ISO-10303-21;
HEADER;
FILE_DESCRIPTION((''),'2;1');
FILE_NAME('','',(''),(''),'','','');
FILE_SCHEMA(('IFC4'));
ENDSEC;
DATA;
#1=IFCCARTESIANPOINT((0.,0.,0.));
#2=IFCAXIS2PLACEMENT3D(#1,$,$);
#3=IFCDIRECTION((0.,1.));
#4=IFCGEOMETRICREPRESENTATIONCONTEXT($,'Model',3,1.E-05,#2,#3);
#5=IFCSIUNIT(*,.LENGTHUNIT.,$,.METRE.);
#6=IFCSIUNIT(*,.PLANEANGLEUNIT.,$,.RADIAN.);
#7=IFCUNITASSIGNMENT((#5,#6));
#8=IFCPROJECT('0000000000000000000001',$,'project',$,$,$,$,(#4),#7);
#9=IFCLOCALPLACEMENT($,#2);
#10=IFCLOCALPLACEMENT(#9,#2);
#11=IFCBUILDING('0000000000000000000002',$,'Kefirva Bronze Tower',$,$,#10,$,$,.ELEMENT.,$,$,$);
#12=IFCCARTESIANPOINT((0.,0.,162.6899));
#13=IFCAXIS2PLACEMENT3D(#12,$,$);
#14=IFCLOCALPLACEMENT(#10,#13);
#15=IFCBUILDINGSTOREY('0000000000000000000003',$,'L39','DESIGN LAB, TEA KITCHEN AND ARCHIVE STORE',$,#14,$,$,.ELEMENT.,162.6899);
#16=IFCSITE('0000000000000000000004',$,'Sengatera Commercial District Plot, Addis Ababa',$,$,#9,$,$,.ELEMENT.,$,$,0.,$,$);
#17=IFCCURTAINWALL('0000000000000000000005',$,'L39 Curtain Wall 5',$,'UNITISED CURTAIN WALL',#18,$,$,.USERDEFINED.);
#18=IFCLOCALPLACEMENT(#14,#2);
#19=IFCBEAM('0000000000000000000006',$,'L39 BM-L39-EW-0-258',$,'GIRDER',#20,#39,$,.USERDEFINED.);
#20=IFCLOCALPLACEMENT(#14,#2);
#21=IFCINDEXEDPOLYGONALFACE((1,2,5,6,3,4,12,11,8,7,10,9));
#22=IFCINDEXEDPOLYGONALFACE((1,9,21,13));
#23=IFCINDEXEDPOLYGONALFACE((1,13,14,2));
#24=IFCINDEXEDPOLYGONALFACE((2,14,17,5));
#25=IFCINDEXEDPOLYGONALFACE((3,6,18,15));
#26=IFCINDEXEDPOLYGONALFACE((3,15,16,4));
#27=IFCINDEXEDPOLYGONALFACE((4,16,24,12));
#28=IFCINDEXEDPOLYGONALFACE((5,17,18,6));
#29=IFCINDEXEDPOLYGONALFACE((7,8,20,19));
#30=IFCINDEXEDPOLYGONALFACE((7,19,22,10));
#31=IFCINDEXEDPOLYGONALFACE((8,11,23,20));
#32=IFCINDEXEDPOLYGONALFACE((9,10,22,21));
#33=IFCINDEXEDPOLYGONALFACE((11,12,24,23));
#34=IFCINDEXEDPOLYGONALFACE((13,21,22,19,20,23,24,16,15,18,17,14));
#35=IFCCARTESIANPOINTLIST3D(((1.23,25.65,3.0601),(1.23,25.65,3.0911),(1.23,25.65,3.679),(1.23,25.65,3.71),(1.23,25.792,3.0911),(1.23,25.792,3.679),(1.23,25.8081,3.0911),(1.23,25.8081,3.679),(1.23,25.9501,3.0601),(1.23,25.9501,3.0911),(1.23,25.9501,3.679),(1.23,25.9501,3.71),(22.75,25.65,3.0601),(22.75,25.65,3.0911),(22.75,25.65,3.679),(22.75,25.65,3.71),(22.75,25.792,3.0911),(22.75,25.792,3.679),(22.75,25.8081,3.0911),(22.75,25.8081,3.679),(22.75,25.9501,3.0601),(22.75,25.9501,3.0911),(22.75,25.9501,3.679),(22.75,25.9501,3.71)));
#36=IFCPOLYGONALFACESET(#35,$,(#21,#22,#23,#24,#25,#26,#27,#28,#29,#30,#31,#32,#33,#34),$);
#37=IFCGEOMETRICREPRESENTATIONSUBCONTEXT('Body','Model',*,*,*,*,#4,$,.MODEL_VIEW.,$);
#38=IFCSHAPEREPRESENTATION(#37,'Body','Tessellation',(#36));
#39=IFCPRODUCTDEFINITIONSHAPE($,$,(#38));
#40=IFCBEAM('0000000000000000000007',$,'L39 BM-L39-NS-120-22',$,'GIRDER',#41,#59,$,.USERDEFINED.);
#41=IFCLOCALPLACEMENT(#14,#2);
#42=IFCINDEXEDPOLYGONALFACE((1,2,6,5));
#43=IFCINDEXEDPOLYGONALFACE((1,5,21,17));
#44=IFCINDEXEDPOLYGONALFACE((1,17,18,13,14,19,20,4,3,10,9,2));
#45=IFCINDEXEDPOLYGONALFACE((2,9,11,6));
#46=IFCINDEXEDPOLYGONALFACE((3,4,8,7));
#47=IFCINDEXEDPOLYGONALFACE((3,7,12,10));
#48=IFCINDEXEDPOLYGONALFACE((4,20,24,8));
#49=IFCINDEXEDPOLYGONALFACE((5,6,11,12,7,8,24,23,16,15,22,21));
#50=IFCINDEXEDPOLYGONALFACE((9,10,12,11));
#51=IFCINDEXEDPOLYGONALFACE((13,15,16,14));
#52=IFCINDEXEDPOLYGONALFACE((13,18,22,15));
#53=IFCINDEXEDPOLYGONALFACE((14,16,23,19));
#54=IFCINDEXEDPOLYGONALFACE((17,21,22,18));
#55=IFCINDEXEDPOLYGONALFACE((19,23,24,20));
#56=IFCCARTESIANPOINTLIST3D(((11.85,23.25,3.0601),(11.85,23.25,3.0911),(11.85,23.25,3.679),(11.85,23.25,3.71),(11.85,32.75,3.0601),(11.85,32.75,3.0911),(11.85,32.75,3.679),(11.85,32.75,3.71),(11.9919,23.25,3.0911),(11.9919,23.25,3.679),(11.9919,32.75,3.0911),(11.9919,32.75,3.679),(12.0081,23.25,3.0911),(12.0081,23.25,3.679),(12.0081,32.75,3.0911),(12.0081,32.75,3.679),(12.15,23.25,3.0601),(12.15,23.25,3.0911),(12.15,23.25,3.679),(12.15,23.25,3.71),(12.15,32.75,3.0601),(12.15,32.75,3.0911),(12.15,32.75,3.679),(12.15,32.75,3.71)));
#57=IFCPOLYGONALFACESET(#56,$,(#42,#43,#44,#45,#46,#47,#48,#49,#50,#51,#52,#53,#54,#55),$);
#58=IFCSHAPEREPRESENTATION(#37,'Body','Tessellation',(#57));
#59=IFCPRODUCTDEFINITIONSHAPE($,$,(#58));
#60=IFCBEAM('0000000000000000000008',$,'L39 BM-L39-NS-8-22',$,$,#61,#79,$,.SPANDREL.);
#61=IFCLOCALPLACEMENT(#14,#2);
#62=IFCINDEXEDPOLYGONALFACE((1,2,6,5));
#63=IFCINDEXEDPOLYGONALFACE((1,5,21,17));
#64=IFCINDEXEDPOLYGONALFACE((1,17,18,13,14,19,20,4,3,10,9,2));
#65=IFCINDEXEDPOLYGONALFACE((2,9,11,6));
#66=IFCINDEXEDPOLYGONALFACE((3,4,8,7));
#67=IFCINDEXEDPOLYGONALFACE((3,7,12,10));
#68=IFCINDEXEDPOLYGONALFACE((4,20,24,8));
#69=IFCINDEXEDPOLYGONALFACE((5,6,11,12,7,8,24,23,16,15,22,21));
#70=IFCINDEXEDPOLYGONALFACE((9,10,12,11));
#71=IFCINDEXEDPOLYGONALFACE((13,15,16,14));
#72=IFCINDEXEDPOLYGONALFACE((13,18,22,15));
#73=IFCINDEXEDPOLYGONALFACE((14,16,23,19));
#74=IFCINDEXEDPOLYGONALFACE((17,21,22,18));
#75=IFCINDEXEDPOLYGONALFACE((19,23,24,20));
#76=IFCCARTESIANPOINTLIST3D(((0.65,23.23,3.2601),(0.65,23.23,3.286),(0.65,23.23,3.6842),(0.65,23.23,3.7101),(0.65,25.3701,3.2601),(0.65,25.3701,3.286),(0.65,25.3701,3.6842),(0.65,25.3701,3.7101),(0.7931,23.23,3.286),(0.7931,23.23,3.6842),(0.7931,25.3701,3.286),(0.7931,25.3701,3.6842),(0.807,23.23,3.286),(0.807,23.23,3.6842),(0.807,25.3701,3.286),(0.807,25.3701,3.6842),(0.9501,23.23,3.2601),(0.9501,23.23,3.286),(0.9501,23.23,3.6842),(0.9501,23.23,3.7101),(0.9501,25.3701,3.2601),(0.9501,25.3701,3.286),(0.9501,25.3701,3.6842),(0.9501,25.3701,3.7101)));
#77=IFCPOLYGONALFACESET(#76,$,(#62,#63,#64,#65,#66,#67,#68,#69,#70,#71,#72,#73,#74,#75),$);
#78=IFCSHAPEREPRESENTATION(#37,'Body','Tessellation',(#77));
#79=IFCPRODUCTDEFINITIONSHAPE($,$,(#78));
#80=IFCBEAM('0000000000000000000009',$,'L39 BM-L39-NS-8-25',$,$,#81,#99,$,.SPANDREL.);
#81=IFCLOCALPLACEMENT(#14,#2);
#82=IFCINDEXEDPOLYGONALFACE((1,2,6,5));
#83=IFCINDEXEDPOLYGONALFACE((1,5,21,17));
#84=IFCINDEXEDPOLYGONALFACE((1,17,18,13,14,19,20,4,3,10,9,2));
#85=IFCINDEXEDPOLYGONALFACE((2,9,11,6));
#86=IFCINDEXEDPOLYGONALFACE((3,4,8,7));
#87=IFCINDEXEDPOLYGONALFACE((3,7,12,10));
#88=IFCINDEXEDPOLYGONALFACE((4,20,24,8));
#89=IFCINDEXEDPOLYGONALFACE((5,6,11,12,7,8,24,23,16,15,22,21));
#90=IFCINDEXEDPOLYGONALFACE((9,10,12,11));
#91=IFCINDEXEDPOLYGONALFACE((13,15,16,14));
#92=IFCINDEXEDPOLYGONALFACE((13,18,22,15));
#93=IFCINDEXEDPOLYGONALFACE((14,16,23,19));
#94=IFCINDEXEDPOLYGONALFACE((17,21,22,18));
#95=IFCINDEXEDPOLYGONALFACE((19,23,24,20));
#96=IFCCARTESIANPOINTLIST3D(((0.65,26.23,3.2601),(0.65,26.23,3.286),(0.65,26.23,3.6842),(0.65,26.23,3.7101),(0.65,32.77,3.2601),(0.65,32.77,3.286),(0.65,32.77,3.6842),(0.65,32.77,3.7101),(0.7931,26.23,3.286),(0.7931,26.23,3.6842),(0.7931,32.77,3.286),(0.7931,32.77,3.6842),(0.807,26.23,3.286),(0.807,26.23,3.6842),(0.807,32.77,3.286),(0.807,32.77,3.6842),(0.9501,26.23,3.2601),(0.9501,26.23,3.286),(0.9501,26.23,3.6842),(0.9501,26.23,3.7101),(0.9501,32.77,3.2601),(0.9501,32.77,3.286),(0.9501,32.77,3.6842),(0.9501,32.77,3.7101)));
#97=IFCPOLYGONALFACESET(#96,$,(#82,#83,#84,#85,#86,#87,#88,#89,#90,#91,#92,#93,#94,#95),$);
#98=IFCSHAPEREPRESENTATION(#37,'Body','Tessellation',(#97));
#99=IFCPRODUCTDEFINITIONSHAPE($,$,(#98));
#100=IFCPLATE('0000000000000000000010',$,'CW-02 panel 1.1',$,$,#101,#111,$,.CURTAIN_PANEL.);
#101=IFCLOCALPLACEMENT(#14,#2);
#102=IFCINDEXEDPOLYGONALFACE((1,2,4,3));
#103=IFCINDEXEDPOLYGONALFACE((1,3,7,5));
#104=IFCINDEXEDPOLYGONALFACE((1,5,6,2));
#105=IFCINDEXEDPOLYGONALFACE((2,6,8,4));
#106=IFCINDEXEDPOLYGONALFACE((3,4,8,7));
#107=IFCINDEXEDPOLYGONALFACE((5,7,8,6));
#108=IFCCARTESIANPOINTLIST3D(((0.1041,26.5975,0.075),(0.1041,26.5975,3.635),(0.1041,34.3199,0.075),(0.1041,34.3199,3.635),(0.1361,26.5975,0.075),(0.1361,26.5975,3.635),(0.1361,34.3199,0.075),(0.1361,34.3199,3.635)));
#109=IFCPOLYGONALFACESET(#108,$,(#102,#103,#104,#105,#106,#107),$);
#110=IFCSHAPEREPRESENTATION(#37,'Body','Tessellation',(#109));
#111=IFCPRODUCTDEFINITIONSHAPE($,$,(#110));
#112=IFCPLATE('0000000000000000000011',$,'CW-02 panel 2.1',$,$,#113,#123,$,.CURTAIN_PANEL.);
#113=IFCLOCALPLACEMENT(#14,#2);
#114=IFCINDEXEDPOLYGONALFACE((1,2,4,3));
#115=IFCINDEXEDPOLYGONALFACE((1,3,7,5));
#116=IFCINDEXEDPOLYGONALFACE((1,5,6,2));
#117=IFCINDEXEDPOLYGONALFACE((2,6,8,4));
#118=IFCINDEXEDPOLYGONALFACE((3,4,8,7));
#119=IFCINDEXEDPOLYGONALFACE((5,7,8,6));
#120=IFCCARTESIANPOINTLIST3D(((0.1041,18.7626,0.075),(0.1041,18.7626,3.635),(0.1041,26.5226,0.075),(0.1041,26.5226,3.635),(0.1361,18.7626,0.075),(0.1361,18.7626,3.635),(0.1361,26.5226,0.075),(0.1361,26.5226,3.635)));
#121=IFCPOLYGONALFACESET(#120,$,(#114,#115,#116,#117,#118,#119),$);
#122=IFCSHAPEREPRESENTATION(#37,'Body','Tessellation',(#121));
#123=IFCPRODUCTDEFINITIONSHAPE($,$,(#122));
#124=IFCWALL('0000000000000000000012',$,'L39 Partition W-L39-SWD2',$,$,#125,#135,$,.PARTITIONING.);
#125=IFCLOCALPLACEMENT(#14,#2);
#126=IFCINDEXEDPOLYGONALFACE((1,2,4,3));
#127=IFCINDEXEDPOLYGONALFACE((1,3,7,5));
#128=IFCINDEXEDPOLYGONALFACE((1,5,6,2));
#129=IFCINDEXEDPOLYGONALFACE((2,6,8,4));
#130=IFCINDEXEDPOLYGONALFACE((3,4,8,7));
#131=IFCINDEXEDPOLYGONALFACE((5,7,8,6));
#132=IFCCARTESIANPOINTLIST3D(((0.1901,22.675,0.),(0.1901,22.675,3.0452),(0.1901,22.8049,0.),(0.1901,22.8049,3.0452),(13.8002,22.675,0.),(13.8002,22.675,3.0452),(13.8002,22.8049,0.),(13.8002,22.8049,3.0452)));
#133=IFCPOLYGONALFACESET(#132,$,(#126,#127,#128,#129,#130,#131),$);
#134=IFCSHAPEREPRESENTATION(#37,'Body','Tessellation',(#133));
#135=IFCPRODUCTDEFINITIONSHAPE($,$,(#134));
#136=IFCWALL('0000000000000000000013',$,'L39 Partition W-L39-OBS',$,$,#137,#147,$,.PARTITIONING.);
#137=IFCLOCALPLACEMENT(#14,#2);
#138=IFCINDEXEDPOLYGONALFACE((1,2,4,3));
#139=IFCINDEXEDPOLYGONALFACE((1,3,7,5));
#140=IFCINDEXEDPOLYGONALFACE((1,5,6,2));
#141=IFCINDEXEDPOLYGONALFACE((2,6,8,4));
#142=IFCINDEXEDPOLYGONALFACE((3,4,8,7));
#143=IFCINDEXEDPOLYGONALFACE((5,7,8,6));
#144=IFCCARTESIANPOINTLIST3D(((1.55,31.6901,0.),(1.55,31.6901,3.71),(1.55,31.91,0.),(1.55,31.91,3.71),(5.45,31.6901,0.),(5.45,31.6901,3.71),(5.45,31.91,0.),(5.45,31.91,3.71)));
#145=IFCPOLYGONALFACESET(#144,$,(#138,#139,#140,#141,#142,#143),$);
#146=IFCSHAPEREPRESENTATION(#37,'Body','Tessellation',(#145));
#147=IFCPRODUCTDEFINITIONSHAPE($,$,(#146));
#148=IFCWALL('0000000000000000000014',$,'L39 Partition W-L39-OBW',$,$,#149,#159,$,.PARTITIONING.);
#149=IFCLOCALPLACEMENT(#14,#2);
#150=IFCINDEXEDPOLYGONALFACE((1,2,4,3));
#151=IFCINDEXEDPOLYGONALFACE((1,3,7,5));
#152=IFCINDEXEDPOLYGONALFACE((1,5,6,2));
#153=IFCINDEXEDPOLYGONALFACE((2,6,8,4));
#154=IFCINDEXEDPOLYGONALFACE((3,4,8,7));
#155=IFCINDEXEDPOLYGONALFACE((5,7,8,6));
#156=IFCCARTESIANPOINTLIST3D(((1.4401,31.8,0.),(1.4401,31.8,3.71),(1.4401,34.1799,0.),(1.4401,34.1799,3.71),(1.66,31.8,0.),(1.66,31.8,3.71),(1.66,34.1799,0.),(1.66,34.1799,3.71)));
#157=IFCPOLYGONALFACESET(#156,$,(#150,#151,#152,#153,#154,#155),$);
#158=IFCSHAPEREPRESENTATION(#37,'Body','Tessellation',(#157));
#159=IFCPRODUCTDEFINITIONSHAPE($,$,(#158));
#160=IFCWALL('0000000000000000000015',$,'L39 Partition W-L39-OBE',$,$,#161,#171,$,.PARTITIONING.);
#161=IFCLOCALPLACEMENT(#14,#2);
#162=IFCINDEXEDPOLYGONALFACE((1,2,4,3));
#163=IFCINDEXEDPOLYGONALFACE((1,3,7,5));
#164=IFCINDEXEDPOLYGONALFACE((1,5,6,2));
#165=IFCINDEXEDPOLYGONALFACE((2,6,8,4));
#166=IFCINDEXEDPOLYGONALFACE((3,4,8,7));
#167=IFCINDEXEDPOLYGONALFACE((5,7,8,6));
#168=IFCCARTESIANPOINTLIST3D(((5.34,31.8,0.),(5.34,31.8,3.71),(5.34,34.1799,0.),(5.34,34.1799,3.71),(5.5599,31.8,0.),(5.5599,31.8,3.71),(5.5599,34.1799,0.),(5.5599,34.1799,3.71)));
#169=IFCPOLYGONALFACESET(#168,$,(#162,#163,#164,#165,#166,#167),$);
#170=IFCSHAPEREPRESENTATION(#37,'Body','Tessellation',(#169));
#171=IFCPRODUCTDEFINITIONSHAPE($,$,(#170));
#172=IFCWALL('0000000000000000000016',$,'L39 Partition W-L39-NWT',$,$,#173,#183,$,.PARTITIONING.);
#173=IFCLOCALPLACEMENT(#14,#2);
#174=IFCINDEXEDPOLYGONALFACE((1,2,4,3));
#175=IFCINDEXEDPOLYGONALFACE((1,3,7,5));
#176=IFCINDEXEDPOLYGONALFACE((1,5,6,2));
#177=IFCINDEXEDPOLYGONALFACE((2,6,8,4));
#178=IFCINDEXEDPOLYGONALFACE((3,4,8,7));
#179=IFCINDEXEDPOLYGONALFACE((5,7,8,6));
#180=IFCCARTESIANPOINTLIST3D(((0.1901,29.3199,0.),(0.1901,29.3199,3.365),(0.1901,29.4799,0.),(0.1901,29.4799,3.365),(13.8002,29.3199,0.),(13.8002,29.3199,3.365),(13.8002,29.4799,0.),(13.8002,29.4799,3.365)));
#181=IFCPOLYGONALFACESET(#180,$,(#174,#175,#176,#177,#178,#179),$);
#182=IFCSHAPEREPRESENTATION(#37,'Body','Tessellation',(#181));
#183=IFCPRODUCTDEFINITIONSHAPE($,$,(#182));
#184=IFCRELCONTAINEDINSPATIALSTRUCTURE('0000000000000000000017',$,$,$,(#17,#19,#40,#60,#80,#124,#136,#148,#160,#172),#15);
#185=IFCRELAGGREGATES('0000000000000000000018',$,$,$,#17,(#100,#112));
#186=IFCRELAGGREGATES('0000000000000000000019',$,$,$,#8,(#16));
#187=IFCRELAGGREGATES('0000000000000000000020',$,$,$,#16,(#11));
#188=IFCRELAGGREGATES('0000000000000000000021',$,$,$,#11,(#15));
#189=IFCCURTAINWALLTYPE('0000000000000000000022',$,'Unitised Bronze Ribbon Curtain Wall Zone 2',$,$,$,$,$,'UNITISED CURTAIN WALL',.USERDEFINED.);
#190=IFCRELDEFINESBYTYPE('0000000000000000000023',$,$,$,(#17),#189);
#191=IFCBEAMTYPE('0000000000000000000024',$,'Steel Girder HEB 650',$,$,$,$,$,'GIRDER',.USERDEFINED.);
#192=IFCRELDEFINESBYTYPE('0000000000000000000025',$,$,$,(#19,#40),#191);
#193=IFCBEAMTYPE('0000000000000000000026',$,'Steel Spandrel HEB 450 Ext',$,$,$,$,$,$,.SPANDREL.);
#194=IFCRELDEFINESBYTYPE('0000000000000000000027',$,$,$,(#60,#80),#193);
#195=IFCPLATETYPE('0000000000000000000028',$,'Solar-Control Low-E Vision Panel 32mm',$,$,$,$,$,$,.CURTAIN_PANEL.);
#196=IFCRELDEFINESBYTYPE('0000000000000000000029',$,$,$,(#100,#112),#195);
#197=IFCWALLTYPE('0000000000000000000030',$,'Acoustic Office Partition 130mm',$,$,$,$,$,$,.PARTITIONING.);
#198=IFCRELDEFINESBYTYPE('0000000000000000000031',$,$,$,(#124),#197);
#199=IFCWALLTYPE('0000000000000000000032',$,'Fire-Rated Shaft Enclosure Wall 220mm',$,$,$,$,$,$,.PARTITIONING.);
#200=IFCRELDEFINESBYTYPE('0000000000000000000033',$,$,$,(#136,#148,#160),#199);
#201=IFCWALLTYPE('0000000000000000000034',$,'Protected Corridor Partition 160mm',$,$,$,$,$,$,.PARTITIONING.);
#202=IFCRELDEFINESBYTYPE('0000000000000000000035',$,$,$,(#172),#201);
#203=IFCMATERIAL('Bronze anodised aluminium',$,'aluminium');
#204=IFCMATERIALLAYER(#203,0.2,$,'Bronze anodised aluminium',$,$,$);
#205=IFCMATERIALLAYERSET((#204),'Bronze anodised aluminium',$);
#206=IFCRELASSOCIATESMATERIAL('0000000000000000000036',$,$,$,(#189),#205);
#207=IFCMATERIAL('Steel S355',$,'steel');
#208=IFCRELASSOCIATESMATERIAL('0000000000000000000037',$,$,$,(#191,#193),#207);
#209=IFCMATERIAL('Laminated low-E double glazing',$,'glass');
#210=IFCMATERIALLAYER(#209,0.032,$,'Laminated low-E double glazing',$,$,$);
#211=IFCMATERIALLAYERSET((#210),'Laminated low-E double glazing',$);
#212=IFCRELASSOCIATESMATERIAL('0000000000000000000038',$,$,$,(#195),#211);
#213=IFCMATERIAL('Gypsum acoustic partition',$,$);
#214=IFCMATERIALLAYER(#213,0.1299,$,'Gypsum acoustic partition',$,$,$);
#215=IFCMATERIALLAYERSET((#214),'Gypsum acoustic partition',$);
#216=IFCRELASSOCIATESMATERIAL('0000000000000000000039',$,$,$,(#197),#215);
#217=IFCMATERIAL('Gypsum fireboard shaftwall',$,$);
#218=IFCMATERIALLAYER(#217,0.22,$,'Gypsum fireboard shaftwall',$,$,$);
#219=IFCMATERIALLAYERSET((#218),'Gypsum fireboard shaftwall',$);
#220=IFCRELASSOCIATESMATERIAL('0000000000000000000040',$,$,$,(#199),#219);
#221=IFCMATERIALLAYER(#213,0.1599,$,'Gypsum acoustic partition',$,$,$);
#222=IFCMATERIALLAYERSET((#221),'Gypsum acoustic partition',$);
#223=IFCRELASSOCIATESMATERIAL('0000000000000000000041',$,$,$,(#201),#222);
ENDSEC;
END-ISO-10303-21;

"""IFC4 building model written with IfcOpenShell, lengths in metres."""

from ifc_helpers import new_model, si_unit, direction, frame, frame_2d, origin, origin_2d, place, context, subcontext, project, spatial, rectangle, i_section, extrude, material, layer, layer_set, material_profile, profile_set, type_object, element, aggregate, save


model = new_model("IFC4")

# Units and contexts
model_context = context("Model", 3, precision=1e-05, world=origin(), true_north=direction((0.0, 1.0)))
body_context = subcontext(model_context, "Body", "Model", "MODEL_VIEW")
ifc_project = project(units=[si_unit("LENGTHUNIT", "METRE"), si_unit("PLANEANGLEUNIT", "RADIAN")], contexts=[model_context])

# Site, building, storey
site_placement = place(None, origin())
site = spatial("IfcSite", under=ifc_project, at=site_placement, Name="Sengatera Commercial District Plot, Addis Ababa", CompositionType="ELEMENT", RefElevation=0.0)
building_placement = place(site_placement, origin())
building = spatial("IfcBuilding", under=site, at=building_placement, Name="Kefirva Bronze Tower", CompositionType="ELEMENT")
storey_placement = place(building_placement, frame((0.0, 0.0, 162.6899)))
storey = spatial("IfcBuildingStorey", under=building, at=storey_placement, Name="L39", Description="DESIGN LAB, TEA KITCHEN AND ARCHIVE STORE", CompositionType="ELEMENT", Elevation=162.6899)

# Curtain wall
ifc_material_1 = material(Name="Bronze anodised aluminium", Category="aluminium")
ifc_layer_1 = layer(ifc_material_1, 0.2, Name="Bronze anodised aluminium")
ifc_layer_set_1 = layer_set([ifc_layer_1], Name="Bronze anodised aluminium")
curtain_wall_type = type_object("IfcCurtainWallType", Name="Unitised Bronze Ribbon Curtain Wall Zone 2", ElementType="UNITISED CURTAIN WALL", PredefinedType="USERDEFINED", material=ifc_layer_set_1)
curtain_wall_placement = place(storey_placement, origin())
curtain_wall = element("IfcCurtainWall", 1, at=curtain_wall_placement, inside=storey, type_object=curtain_wall_type, Name="L39 Curtain Wall 5", ObjectType="UNITISED CURTAIN WALL", PredefinedType="USERDEFINED")

# Beams
ifc_material_2 = material(Name="Steel S355", Category="steel")
ifc_material_profile_1 = material_profile(ifc_material_2, i_section(OverallWidth=0.3, OverallDepth=0.6499, WebThickness=0.0161, FlangeThickness=0.031, at=origin_2d()), Name="HEB 650")
ifc_profile_set_1 = profile_set([ifc_material_profile_1], Name="Steel S355")
beam_type_1 = type_object("IfcBeamType", Name="Steel Girder HEB 650", ElementType="GIRDER", PredefinedType="USERDEFINED", material=ifc_profile_set_1)
beam_1_placement = place(storey_placement, frame((1.23, 25.8, 3.385), z_axis=(1.0, 0.0, 0.0), x_axis=(0.0, 1.0, 0.0)))
element("IfcBeam", 2, at=beam_1_placement, inside=storey, type_object=beam_type_1, Name="L39 BM-L39-EW-0-258", ObjectType="GIRDER", PredefinedType="USERDEFINED", context=body_context, shape_type="SweptSolid", body=[
    extrude(i_section(OverallWidth=0.3, OverallDepth=0.6499, WebThickness=0.0161, FlangeThickness=0.031, at=origin_2d()), origin(), (0.0, 0.0, 1.0), 21.52),
])
beam_2_placement = place(storey_placement, frame((12.0, 23.25, 3.385), z_axis=(0.0, 1.0, 0.0), x_axis=(-1.0, 0.0, 0.0)))
element("IfcBeam", 3, at=beam_2_placement, inside=storey, type_object=beam_type_1, Name="L39 BM-L39-NS-120-22", ObjectType="GIRDER", PredefinedType="USERDEFINED", context=body_context, shape_type="SweptSolid", body=[
    extrude(i_section(OverallWidth=0.3, OverallDepth=0.6499, WebThickness=0.0161, FlangeThickness=0.031, at=origin_2d()), origin(), (0.0, 0.0, 1.0), 9.5),
])
ifc_material_profile_2 = material_profile(ifc_material_2, i_section(OverallWidth=0.3, OverallDepth=0.45, WebThickness=0.0139, FlangeThickness=0.0259, at=origin_2d()), Name="HEB 450")
ifc_profile_set_2 = profile_set([ifc_material_profile_2], Name="Steel S355")
beam_type_2 = type_object("IfcBeamType", Name="Steel Spandrel HEB 450 Ext", PredefinedType="SPANDREL", material=ifc_profile_set_2)
beam_3_placement = place(storey_placement, frame((0.8, 23.23, 3.4851), z_axis=(0.0, 1.0, 0.0), x_axis=(-1.0, 0.0, 0.0)))
element("IfcBeam", 4, at=beam_3_placement, inside=storey, type_object=beam_type_2, Name="L39 BM-L39-NS-8-22", PredefinedType="SPANDREL", context=body_context, shape_type="SweptSolid", body=[
    extrude(i_section(OverallWidth=0.3, OverallDepth=0.45, WebThickness=0.0139, FlangeThickness=0.0259, at=origin_2d()), origin(), (0.0, 0.0, 1.0), 2.1401),
])
beam_4_placement = place(storey_placement, frame((0.8, 26.23, 3.4851), z_axis=(0.0, 1.0, 0.0), x_axis=(-1.0, 0.0, 0.0)))
element("IfcBeam", 5, at=beam_4_placement, inside=storey, type_object=beam_type_2, Name="L39 BM-L39-NS-8-25", PredefinedType="SPANDREL", context=body_context, shape_type="SweptSolid", body=[
    extrude(i_section(OverallWidth=0.3, OverallDepth=0.45, WebThickness=0.0139, FlangeThickness=0.0259, at=origin_2d()), origin(), (0.0, 0.0, 1.0), 6.54),
])

# Plates
ifc_material_3 = material(Name="Laminated low-E double glazing", Category="glass")
ifc_layer_2 = layer(ifc_material_3, 0.032, Name="Laminated low-E double glazing")
ifc_layer_set_2 = layer_set([ifc_layer_2], Name="Laminated low-E double glazing")
plate_type = type_object("IfcPlateType", Name="Solar-Control Low-E Vision Panel 32mm", PredefinedType="CURTAIN_PANEL", material=ifc_layer_set_2)
plate_1_placement = place(storey_placement, frame((0.1201, 30.4587, 0.075), z_axis=(0.0, 0.0, 1.0), x_axis=(0.0, -1.0, 0.0)))
plate_1 = element("IfcPlate", 6, at=plate_1_placement, type_object=plate_type, Name="CW-02 panel 1.1", PredefinedType="CURTAIN_PANEL", context=body_context, shape_type="SweptSolid", body=[
    extrude(rectangle(XDim=7.7224, YDim=0.032, at=origin_2d()), origin(), (0.0, 0.0, 1.0), 3.5601),
])
plate_2_placement = place(storey_placement, frame((0.1201, 22.6426, 0.075), z_axis=(0.0, 0.0, 1.0), x_axis=(0.0, -1.0, 0.0)))
plate_2 = element("IfcPlate", 7, at=plate_2_placement, type_object=plate_type, Name="CW-02 panel 2.1", PredefinedType="CURTAIN_PANEL", context=body_context, shape_type="SweptSolid", body=[
    extrude(rectangle(XDim=7.76, YDim=0.032, at=origin_2d()), origin(), (0.0, 0.0, 1.0), 3.5601),
])
aggregate(curtain_wall, [plate_1, plate_2])

# Walls
ifc_material_4 = material(Name="Gypsum acoustic partition")
ifc_layer_3 = layer(ifc_material_4, 0.1299, Name="Gypsum acoustic partition")
ifc_layer_set_3 = layer_set([ifc_layer_3], Name="Gypsum acoustic partition")
wall_type_1 = type_object("IfcWallType", Name="Acoustic Office Partition 130mm", PredefinedType="PARTITIONING", material=ifc_layer_set_3)
wall_1_placement = place(storey_placement, frame((0.1899, 22.74, 0.0), z_axis=(0.0, 0.0, 1.0), x_axis=(1.0, 0.0, 0.0)))
element("IfcWall", 8, at=wall_1_placement, inside=storey, type_object=wall_type_1, Name="L39 Partition W-L39-SWD2", PredefinedType="PARTITIONING", context=body_context, shape_type="SweptSolid", body=[
    extrude(rectangle(XDim=13.6101, YDim=0.1299, at=frame_2d((6.8052, 0.0))), origin(), (0.0, 0.0, 1.0), 3.0452),
])
ifc_material_5 = material(Name="Gypsum fireboard shaftwall")
ifc_layer_4 = layer(ifc_material_5, 0.22, Name="Gypsum fireboard shaftwall")
ifc_layer_set_4 = layer_set([ifc_layer_4], Name="Gypsum fireboard shaftwall")
wall_type_2 = type_object("IfcWallType", Name="Fire-Rated Shaft Enclosure Wall 220mm", PredefinedType="PARTITIONING", material=ifc_layer_set_4)
wall_2_placement = place(storey_placement, frame((1.55, 31.8, 0.0), z_axis=(0.0, 0.0, 1.0), x_axis=(1.0, 0.0, 0.0)))
element("IfcWall", 9, at=wall_2_placement, inside=storey, type_object=wall_type_2, Name="L39 Partition W-L39-OBS", PredefinedType="PARTITIONING", context=body_context, shape_type="SweptSolid", body=[
    extrude(rectangle(XDim=3.8999, YDim=0.22, at=frame_2d((1.95, 0.0))), origin(), (0.0, 0.0, 1.0), 3.71),
])
for number, where, z_axis, x_axis, name in (
    (10, (1.55, 31.8, 0.0), (0.0, 0.0, 1.0), (0.0, 1.0, 0.0), "L39 Partition W-L39-OBW"),
    (11, (5.45, 31.8, 0.0), (0.0, 0.0, 1.0), (0.0, 1.0, 0.0), "L39 Partition W-L39-OBE"),
):
    element("IfcWall", number, at=place(storey_placement, frame(where, z_axis=z_axis, x_axis=x_axis)), inside=storey, type_object=wall_type_2, Name=name, PredefinedType="PARTITIONING", context=body_context, shape_type="SweptSolid", body=[
        extrude(rectangle(XDim=2.3799, YDim=0.22, at=frame_2d((1.1899, 0.0))), origin(), (0.0, 0.0, 1.0), 3.71),
    ])
ifc_layer_5 = layer(ifc_material_4, 0.1599, Name="Gypsum acoustic partition")
ifc_layer_set_5 = layer_set([ifc_layer_5], Name="Gypsum acoustic partition")
wall_type_3 = type_object("IfcWallType", Name="Protected Corridor Partition 160mm", PredefinedType="PARTITIONING", material=ifc_layer_set_5)
wall_3_placement = place(storey_placement, frame((0.1899, 29.3999, 0.0), z_axis=(0.0, 0.0, 1.0), x_axis=(1.0, 0.0, 0.0)))
element("IfcWall", 12, at=wall_3_placement, inside=storey, type_object=wall_type_3, Name="L39 Partition W-L39-NWT", PredefinedType="PARTITIONING", context=body_context, shape_type="SweptSolid", body=[
    extrude(rectangle(XDim=13.6101, YDim=0.1599, at=frame_2d((6.8052, 0.0))), origin(), (0.0, 0.0, 1.0), 3.365),
])

save(model, "model.ifc")
